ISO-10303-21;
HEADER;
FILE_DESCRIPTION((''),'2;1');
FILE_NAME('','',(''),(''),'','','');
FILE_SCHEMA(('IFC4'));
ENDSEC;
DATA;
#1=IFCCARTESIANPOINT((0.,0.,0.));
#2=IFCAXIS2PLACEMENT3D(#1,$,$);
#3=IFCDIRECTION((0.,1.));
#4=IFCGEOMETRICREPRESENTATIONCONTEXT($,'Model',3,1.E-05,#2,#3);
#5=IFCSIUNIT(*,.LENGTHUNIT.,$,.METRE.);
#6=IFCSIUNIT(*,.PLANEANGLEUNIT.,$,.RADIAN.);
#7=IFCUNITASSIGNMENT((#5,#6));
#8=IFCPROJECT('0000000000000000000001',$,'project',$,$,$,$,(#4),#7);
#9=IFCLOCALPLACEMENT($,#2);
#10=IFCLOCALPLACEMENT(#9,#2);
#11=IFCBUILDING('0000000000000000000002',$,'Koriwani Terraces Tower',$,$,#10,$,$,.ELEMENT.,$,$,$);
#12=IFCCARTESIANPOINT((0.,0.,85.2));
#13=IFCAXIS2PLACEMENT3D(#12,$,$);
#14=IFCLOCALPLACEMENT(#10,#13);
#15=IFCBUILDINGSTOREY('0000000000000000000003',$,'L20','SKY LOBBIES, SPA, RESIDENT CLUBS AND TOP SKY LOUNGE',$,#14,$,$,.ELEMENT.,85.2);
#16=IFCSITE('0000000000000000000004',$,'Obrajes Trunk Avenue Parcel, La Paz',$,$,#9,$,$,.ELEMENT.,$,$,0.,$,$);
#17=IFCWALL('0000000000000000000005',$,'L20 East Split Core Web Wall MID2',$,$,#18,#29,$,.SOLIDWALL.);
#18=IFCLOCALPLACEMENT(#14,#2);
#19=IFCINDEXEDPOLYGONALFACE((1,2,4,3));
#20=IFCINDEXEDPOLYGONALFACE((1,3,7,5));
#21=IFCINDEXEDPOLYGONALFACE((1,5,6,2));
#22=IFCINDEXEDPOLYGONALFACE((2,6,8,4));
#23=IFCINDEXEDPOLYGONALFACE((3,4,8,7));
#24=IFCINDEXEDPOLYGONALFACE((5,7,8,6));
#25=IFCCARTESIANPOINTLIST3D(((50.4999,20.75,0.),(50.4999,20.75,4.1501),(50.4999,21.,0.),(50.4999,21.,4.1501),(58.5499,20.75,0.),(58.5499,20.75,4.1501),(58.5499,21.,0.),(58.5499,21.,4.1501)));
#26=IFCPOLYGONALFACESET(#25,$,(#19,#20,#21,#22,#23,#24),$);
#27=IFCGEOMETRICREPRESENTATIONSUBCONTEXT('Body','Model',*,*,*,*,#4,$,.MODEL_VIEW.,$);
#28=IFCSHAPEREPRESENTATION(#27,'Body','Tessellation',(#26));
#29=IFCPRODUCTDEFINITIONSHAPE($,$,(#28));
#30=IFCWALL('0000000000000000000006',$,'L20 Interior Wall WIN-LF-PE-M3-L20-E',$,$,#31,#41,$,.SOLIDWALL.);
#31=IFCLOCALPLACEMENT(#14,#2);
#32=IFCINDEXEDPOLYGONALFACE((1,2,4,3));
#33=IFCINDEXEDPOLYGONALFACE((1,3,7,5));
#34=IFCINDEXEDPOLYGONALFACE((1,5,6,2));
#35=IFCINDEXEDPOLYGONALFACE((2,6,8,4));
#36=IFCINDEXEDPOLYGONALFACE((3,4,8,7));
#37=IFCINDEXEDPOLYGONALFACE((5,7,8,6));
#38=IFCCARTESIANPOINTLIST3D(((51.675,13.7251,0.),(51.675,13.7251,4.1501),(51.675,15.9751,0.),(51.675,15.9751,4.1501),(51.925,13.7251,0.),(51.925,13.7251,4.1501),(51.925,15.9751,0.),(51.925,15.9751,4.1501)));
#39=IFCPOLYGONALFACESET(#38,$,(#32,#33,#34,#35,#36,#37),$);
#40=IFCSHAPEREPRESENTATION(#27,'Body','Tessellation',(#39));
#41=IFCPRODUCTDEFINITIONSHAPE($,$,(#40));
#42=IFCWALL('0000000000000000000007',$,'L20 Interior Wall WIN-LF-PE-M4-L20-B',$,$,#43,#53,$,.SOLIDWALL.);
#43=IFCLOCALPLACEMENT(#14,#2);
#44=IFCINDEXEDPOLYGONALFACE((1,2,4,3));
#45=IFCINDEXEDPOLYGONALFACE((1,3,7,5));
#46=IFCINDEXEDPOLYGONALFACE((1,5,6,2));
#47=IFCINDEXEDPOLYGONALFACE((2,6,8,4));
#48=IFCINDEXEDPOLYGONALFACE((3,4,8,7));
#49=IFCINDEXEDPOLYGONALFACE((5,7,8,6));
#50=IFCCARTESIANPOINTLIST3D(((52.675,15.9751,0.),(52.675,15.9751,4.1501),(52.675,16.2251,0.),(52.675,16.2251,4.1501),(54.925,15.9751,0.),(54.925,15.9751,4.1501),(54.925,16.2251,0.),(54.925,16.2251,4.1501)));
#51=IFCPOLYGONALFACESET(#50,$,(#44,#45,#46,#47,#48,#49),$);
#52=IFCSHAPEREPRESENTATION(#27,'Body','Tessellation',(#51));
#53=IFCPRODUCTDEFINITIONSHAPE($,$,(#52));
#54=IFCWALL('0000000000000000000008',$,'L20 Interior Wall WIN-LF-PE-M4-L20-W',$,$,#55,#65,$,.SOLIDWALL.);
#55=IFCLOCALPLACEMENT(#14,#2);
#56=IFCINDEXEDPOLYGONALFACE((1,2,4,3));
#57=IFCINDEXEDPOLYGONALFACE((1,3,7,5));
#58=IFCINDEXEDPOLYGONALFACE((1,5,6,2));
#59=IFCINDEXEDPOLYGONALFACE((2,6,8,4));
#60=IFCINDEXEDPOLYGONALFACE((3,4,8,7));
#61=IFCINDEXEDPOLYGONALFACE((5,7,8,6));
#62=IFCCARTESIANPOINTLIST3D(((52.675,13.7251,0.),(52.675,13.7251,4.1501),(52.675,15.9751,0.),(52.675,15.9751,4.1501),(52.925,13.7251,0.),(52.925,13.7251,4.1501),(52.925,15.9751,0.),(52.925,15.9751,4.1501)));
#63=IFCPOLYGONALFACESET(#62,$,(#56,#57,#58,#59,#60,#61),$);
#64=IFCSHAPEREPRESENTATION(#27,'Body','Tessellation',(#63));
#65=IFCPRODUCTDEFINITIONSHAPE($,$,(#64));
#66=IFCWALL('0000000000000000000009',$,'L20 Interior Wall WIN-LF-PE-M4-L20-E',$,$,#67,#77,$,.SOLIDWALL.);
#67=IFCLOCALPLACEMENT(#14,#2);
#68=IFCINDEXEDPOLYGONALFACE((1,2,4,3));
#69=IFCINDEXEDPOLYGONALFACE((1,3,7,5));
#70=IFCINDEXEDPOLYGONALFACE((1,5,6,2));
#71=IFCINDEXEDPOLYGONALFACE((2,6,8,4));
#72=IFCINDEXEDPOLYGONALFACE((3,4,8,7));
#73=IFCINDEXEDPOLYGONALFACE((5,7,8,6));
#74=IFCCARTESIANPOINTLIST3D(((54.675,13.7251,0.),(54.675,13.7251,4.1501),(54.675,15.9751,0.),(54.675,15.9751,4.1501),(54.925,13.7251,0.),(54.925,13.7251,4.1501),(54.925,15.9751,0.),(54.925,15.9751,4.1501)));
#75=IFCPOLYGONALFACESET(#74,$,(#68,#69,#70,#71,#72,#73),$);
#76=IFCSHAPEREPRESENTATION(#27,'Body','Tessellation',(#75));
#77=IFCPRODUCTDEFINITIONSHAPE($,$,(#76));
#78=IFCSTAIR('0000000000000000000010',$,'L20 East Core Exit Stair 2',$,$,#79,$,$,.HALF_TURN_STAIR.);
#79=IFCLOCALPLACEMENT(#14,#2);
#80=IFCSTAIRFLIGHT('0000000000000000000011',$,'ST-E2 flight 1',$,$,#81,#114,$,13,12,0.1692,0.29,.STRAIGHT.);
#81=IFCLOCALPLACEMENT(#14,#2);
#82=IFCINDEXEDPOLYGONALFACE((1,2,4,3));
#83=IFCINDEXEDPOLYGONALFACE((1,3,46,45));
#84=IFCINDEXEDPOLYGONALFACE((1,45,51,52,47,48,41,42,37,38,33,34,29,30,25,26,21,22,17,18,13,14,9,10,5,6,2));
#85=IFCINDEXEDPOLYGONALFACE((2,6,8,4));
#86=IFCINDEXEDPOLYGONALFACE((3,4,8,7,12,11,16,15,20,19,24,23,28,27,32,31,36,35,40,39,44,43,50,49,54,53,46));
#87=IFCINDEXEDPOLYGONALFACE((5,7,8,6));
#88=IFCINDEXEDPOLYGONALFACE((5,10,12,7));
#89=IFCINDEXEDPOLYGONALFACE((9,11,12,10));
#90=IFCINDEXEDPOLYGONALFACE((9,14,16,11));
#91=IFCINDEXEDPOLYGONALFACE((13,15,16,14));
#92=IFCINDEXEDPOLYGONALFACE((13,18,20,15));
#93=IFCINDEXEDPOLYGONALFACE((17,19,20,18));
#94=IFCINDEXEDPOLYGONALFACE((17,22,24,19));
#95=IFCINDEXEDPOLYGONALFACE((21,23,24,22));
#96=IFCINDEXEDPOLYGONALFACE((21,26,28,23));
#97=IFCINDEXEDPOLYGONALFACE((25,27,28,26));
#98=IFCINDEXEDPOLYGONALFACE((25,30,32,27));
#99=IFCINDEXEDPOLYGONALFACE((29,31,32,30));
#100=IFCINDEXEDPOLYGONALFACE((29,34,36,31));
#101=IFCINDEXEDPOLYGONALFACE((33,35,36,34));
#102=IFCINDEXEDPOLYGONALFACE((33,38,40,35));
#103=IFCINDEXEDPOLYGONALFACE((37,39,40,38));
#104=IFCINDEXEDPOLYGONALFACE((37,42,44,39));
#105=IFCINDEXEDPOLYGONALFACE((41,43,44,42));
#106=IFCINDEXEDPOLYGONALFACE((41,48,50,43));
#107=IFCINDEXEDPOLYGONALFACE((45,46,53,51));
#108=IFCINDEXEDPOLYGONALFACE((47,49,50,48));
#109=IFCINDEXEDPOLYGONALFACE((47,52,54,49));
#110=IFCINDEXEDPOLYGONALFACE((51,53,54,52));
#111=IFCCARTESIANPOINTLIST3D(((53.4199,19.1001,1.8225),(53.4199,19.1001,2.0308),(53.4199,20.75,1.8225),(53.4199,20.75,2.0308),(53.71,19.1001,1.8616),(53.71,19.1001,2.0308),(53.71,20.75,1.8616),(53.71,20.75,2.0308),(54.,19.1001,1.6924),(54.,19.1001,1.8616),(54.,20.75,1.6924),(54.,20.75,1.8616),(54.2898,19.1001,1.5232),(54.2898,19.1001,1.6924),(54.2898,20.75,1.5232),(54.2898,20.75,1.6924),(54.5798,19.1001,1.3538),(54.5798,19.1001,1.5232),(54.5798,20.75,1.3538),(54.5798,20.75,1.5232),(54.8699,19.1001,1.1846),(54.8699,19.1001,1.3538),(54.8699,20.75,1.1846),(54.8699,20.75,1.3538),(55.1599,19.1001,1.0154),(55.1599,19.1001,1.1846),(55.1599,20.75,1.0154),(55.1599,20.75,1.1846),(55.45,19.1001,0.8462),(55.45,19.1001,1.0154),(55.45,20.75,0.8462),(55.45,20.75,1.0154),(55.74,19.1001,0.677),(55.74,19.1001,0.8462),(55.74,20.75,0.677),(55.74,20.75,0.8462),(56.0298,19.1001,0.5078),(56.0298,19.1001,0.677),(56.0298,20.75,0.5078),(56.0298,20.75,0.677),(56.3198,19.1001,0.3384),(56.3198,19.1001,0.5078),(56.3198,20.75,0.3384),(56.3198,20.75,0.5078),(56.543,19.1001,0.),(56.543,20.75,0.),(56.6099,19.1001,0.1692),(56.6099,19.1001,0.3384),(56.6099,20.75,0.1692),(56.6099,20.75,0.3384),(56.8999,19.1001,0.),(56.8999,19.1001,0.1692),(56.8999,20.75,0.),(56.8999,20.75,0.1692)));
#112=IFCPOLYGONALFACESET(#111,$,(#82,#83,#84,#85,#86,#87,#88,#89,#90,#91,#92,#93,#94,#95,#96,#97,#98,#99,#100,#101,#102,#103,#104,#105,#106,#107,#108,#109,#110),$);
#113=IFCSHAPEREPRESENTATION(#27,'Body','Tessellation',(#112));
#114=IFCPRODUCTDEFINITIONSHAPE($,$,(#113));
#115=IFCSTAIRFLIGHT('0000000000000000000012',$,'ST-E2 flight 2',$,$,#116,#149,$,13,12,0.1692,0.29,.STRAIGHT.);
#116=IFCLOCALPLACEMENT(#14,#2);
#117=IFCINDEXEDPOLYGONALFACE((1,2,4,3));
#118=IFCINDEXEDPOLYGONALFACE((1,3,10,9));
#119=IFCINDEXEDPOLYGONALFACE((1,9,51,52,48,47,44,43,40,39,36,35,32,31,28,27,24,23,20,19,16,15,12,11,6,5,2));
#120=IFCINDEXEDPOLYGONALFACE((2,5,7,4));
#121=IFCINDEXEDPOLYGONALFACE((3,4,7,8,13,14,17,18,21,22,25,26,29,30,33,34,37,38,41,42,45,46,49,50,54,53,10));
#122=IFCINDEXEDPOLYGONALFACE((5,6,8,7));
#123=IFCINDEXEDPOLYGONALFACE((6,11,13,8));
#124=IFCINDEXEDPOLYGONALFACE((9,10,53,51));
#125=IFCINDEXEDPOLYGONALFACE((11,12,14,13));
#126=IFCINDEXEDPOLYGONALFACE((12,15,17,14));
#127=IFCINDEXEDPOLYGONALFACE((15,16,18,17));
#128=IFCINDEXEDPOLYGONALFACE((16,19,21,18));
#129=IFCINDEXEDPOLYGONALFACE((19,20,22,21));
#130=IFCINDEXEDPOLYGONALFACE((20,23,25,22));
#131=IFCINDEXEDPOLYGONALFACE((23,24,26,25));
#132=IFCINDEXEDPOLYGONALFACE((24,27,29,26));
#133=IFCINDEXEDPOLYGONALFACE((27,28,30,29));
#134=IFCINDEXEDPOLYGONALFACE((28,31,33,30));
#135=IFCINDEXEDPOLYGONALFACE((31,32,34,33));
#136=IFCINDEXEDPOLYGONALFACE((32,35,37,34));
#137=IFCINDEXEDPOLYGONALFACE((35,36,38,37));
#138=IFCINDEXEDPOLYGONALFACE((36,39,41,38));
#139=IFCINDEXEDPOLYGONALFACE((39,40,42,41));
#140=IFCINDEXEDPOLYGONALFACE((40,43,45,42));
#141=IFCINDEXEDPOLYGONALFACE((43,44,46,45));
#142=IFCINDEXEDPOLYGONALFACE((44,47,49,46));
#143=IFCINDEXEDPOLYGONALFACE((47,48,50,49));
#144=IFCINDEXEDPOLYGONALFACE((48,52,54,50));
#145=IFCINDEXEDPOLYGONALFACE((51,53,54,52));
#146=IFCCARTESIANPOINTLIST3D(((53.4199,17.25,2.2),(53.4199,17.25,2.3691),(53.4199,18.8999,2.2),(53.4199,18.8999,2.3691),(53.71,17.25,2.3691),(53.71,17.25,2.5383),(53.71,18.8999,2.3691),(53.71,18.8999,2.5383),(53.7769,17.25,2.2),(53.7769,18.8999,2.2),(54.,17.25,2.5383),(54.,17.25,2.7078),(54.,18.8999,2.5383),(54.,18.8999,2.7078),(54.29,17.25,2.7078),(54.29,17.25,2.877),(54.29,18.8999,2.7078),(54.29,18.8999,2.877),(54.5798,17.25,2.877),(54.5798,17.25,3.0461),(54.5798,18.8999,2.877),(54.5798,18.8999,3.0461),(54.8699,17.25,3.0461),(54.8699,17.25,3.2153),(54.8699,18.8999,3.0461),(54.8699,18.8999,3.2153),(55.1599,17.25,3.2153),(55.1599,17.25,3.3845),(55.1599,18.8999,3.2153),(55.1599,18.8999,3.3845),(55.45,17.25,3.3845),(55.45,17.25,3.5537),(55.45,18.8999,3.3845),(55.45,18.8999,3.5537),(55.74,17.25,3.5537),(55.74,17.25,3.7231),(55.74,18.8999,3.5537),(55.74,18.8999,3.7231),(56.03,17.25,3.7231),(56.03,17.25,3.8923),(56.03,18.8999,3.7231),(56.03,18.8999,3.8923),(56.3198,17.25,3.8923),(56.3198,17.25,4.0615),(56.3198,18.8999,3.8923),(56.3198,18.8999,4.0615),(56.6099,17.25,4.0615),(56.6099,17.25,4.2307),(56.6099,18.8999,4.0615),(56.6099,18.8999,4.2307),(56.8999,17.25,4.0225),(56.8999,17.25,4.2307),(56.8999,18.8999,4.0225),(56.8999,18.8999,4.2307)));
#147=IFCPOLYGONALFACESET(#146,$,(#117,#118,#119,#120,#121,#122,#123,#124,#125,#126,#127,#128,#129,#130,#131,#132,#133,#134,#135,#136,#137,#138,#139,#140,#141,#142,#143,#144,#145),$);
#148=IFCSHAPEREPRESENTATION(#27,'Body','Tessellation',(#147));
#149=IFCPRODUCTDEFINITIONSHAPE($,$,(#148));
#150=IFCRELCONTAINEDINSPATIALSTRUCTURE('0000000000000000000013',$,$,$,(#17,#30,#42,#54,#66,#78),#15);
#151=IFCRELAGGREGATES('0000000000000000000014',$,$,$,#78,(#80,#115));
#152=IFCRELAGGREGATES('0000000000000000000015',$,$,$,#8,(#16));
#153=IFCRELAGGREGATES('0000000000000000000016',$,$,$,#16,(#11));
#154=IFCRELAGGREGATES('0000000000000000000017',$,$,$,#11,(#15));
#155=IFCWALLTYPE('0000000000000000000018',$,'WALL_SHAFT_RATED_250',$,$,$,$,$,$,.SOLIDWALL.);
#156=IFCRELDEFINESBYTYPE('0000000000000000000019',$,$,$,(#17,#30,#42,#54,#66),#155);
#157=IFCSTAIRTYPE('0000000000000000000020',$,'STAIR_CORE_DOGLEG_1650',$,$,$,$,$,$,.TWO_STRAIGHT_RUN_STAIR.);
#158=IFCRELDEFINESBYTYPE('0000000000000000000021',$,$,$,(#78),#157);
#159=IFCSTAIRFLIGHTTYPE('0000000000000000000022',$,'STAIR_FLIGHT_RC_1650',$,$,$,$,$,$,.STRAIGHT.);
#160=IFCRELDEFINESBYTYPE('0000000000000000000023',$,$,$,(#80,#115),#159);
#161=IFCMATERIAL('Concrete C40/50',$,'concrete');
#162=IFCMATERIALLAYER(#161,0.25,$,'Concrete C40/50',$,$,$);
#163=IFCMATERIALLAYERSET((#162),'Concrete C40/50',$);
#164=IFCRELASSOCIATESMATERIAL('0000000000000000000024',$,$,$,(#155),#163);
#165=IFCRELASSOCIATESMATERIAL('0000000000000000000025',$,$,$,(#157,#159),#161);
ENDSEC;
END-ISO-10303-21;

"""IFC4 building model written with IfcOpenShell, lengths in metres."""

from ifc_helpers import new_model, si_unit, direction, frame, frame_2d, origin, place, context, subcontext, project, spatial, polyline, rectangle, outline, extrude, material, layer, layer_set, type_object, element, aggregate, save


model = new_model("IFC4")

# Units and contexts
model_context = context("Model", 3, precision=1e-05, world=origin(), true_north=direction((0.0, 1.0)))
body_context = subcontext(model_context, "Body", "Model", "MODEL_VIEW")
ifc_project = project(units=[si_unit("LENGTHUNIT", "METRE"), si_unit("PLANEANGLEUNIT", "RADIAN")], contexts=[model_context])

# Site, building, storey
site_placement = place(None, origin())
site = spatial("IfcSite", under=ifc_project, at=site_placement, Name="Obrajes Trunk Avenue Parcel, La Paz", CompositionType="ELEMENT", RefElevation=0.0)
building_placement = place(site_placement, origin())
building = spatial("IfcBuilding", under=site, at=building_placement, Name="Koriwani Terraces Tower", CompositionType="ELEMENT")
storey_placement = place(building_placement, frame((0.0, 0.0, 85.2)))
storey = spatial("IfcBuildingStorey", under=building, at=storey_placement, Name="L20", Description="SKY LOBBIES, SPA, RESIDENT CLUBS AND TOP SKY LOUNGE", CompositionType="ELEMENT", Elevation=85.2)

# Shared definitions
ifc_material_1 = material(Name="Concrete C40/50", Category="concrete")

# Wall
ifc_layer_1 = layer(ifc_material_1, 0.25, Name="Concrete C40/50")
ifc_layer_set_1 = layer_set([ifc_layer_1], Name="Concrete C40/50")
wall_type_1 = type_object("IfcWallType", Name="WALL_SHAFT_RATED_250", PredefinedType="SOLIDWALL", material=ifc_layer_set_1)
wall_1_placement = place(storey_placement, frame((50.5, 20.875, 0.0), z_axis=(0.0, 0.0, 1.0), x_axis=(1.0, 0.0, 0.0)))
element("IfcWall", 1, at=wall_1_placement, inside=storey, type_object=wall_type_1, Name="L20 East Split Core Web Wall MID2", PredefinedType="SOLIDWALL", context=body_context, shape_type="SweptSolid", body=[
    extrude(rectangle(XDim=8.05, YDim=0.25, at=frame_2d((4.0249, 0.0))), origin(), (0.0, 0.0, 1.0), 4.1501),
])

# Wall
wall_2_placement = place(storey_placement, frame((51.8, 13.7251, 0.0), z_axis=(0.0, 0.0, 1.0), x_axis=(0.0, 1.0, 0.0)))
element("IfcWall", 2, at=wall_2_placement, inside=storey, type_object=wall_type_1, Name="L20 Interior Wall WIN-LF-PE-M3-L20-E", PredefinedType="SOLIDWALL", context=body_context, shape_type="SweptSolid", body=[
    extrude(rectangle(XDim=2.25, YDim=0.25, at=frame_2d((1.125, 0.0))), origin(), (0.0, 0.0, 1.0), 4.1501),
])

# Walls
for number, where, z_axis, x_axis, name in (
    (3, (52.675, 16.1001, 0.0), (0.0, 0.0, 1.0), (1.0, 0.0, 0.0), "L20 Interior Wall WIN-LF-PE-M4-L20-B"),
    (4, (52.8, 13.7251, 0.0), (0.0, 0.0, 1.0), (0.0, 1.0, 0.0), "L20 Interior Wall WIN-LF-PE-M4-L20-W"),
    (5, (54.8, 13.7251, 0.0), (0.0, 0.0, 1.0), (0.0, 1.0, 0.0), "L20 Interior Wall WIN-LF-PE-M4-L20-E"),
):
    element("IfcWall", number, at=place(storey_placement, frame(where, z_axis=z_axis, x_axis=x_axis)), inside=storey, type_object=wall_type_1, Name=name, PredefinedType="SOLIDWALL", context=body_context, shape_type="SweptSolid", body=[
        extrude(rectangle(XDim=2.25, YDim=0.25, at=frame_2d((1.125, 0.0))), origin(), (0.0, 0.0, 1.0), 4.1501),
    ])

# Stair, stair flights
stair_type = type_object("IfcStairType", Name="STAIR_CORE_DOGLEG_1650", PredefinedType="TWO_STRAIGHT_RUN_STAIR", material=ifc_material_1)
stair_placement = place(storey_placement, origin())
stair = element("IfcStair", 6, at=stair_placement, inside=storey, type_object=stair_type, Name="L20 East Core Exit Stair 2", PredefinedType="HALF_TURN_STAIR")
stair_flight_type = type_object("IfcStairFlightType", Name="STAIR_FLIGHT_RC_1650", PredefinedType="STRAIGHT", material=ifc_material_1)
stair_flight_1_placement = place(storey_placement, frame((56.8999, 19.925, 0.0), z_axis=(0.0, 0.0, 1.0), x_axis=(-1.0, 0.0, 0.0)))
stair_flight_1 = element("IfcStairFlight", 7, at=stair_flight_1_placement, type_object=stair_flight_type, Name="ST-E2 flight 1", NumberOfRisers=13, NumberOfTreads=12, PredefinedType="STRAIGHT", RiserHeight=0.1692, TreadLength=0.29, context=body_context, shape_type="SweptSolid", body=[
    extrude(outline(polyline([(0.0, 0.0), (0.0, 0.1692), (0.29, 0.1692), (0.29, 0.3384), (0.5801, 0.3384), (0.5801, 0.5078), (0.8701, 0.5078), (0.8701, 0.677), (1.1599, 0.677), (1.1599, 0.8462), (1.45, 0.8462), (1.45, 1.0154), (1.74, 1.0154), (1.74, 1.1846), (2.03, 1.1846), (2.03, 1.3538), (2.3201, 1.3538), (2.3201, 1.5232), (2.6101, 1.5232), (2.6101, 1.6924), (2.8999, 1.6924), (2.8999, 1.8616), (3.1899, 1.8616), (3.1899, 2.0308), (3.48, 2.0308), (3.48, 2.2), (3.48, 1.8225), (0.3569, 0.0), (0.0, 0.0)])), frame((0.0, 0.825, 0.0), z_axis=(0.0, -1.0, 0.0), x_axis=(1.0, 0.0, 0.0)), (0.0, 0.0, 1.0), 1.6499),
])
stair_flight_2_placement = place(storey_placement, frame((53.4199, 18.075, 2.2), z_axis=(0.0, 0.0, 1.0), x_axis=(1.0, 0.0, 0.0)))
stair_flight_2 = element("IfcStairFlight", 8, at=stair_flight_2_placement, type_object=stair_flight_type, Name="ST-E2 flight 2", NumberOfRisers=13, NumberOfTreads=12, PredefinedType="STRAIGHT", RiserHeight=0.1692, TreadLength=0.29, context=body_context, shape_type="SweptSolid", body=[
    extrude(outline(polyline([(0.0, 0.0), (0.0, 0.1692), (0.29, 0.1692), (0.29, 0.3384), (0.5801, 0.3384), (0.5801, 0.5078), (0.8701, 0.5078), (0.8701, 0.677), (1.1599, 0.677), (1.1599, 0.8462), (1.45, 0.8462), (1.45, 1.0154), (1.74, 1.0154), (1.74, 1.1846), (2.03, 1.1846), (2.03, 1.3538), (2.3201, 1.3538), (2.3201, 1.5232), (2.6101, 1.5232), (2.6101, 1.6924), (2.8999, 1.6924), (2.8999, 1.8616), (3.1899, 1.8616), (3.1899, 2.0308), (3.48, 2.0308), (3.48, 2.2), (3.48, 1.8225), (0.3569, 0.0), (0.0, 0.0)])), frame((0.0, 0.825, 0.0), z_axis=(0.0, -1.0, 0.0), x_axis=(1.0, 0.0, 0.0)), (0.0, 0.0, 1.0), 1.6499),
])
aggregate(stair, [stair_flight_1, stair_flight_2])

save(model, "model.ifc")
